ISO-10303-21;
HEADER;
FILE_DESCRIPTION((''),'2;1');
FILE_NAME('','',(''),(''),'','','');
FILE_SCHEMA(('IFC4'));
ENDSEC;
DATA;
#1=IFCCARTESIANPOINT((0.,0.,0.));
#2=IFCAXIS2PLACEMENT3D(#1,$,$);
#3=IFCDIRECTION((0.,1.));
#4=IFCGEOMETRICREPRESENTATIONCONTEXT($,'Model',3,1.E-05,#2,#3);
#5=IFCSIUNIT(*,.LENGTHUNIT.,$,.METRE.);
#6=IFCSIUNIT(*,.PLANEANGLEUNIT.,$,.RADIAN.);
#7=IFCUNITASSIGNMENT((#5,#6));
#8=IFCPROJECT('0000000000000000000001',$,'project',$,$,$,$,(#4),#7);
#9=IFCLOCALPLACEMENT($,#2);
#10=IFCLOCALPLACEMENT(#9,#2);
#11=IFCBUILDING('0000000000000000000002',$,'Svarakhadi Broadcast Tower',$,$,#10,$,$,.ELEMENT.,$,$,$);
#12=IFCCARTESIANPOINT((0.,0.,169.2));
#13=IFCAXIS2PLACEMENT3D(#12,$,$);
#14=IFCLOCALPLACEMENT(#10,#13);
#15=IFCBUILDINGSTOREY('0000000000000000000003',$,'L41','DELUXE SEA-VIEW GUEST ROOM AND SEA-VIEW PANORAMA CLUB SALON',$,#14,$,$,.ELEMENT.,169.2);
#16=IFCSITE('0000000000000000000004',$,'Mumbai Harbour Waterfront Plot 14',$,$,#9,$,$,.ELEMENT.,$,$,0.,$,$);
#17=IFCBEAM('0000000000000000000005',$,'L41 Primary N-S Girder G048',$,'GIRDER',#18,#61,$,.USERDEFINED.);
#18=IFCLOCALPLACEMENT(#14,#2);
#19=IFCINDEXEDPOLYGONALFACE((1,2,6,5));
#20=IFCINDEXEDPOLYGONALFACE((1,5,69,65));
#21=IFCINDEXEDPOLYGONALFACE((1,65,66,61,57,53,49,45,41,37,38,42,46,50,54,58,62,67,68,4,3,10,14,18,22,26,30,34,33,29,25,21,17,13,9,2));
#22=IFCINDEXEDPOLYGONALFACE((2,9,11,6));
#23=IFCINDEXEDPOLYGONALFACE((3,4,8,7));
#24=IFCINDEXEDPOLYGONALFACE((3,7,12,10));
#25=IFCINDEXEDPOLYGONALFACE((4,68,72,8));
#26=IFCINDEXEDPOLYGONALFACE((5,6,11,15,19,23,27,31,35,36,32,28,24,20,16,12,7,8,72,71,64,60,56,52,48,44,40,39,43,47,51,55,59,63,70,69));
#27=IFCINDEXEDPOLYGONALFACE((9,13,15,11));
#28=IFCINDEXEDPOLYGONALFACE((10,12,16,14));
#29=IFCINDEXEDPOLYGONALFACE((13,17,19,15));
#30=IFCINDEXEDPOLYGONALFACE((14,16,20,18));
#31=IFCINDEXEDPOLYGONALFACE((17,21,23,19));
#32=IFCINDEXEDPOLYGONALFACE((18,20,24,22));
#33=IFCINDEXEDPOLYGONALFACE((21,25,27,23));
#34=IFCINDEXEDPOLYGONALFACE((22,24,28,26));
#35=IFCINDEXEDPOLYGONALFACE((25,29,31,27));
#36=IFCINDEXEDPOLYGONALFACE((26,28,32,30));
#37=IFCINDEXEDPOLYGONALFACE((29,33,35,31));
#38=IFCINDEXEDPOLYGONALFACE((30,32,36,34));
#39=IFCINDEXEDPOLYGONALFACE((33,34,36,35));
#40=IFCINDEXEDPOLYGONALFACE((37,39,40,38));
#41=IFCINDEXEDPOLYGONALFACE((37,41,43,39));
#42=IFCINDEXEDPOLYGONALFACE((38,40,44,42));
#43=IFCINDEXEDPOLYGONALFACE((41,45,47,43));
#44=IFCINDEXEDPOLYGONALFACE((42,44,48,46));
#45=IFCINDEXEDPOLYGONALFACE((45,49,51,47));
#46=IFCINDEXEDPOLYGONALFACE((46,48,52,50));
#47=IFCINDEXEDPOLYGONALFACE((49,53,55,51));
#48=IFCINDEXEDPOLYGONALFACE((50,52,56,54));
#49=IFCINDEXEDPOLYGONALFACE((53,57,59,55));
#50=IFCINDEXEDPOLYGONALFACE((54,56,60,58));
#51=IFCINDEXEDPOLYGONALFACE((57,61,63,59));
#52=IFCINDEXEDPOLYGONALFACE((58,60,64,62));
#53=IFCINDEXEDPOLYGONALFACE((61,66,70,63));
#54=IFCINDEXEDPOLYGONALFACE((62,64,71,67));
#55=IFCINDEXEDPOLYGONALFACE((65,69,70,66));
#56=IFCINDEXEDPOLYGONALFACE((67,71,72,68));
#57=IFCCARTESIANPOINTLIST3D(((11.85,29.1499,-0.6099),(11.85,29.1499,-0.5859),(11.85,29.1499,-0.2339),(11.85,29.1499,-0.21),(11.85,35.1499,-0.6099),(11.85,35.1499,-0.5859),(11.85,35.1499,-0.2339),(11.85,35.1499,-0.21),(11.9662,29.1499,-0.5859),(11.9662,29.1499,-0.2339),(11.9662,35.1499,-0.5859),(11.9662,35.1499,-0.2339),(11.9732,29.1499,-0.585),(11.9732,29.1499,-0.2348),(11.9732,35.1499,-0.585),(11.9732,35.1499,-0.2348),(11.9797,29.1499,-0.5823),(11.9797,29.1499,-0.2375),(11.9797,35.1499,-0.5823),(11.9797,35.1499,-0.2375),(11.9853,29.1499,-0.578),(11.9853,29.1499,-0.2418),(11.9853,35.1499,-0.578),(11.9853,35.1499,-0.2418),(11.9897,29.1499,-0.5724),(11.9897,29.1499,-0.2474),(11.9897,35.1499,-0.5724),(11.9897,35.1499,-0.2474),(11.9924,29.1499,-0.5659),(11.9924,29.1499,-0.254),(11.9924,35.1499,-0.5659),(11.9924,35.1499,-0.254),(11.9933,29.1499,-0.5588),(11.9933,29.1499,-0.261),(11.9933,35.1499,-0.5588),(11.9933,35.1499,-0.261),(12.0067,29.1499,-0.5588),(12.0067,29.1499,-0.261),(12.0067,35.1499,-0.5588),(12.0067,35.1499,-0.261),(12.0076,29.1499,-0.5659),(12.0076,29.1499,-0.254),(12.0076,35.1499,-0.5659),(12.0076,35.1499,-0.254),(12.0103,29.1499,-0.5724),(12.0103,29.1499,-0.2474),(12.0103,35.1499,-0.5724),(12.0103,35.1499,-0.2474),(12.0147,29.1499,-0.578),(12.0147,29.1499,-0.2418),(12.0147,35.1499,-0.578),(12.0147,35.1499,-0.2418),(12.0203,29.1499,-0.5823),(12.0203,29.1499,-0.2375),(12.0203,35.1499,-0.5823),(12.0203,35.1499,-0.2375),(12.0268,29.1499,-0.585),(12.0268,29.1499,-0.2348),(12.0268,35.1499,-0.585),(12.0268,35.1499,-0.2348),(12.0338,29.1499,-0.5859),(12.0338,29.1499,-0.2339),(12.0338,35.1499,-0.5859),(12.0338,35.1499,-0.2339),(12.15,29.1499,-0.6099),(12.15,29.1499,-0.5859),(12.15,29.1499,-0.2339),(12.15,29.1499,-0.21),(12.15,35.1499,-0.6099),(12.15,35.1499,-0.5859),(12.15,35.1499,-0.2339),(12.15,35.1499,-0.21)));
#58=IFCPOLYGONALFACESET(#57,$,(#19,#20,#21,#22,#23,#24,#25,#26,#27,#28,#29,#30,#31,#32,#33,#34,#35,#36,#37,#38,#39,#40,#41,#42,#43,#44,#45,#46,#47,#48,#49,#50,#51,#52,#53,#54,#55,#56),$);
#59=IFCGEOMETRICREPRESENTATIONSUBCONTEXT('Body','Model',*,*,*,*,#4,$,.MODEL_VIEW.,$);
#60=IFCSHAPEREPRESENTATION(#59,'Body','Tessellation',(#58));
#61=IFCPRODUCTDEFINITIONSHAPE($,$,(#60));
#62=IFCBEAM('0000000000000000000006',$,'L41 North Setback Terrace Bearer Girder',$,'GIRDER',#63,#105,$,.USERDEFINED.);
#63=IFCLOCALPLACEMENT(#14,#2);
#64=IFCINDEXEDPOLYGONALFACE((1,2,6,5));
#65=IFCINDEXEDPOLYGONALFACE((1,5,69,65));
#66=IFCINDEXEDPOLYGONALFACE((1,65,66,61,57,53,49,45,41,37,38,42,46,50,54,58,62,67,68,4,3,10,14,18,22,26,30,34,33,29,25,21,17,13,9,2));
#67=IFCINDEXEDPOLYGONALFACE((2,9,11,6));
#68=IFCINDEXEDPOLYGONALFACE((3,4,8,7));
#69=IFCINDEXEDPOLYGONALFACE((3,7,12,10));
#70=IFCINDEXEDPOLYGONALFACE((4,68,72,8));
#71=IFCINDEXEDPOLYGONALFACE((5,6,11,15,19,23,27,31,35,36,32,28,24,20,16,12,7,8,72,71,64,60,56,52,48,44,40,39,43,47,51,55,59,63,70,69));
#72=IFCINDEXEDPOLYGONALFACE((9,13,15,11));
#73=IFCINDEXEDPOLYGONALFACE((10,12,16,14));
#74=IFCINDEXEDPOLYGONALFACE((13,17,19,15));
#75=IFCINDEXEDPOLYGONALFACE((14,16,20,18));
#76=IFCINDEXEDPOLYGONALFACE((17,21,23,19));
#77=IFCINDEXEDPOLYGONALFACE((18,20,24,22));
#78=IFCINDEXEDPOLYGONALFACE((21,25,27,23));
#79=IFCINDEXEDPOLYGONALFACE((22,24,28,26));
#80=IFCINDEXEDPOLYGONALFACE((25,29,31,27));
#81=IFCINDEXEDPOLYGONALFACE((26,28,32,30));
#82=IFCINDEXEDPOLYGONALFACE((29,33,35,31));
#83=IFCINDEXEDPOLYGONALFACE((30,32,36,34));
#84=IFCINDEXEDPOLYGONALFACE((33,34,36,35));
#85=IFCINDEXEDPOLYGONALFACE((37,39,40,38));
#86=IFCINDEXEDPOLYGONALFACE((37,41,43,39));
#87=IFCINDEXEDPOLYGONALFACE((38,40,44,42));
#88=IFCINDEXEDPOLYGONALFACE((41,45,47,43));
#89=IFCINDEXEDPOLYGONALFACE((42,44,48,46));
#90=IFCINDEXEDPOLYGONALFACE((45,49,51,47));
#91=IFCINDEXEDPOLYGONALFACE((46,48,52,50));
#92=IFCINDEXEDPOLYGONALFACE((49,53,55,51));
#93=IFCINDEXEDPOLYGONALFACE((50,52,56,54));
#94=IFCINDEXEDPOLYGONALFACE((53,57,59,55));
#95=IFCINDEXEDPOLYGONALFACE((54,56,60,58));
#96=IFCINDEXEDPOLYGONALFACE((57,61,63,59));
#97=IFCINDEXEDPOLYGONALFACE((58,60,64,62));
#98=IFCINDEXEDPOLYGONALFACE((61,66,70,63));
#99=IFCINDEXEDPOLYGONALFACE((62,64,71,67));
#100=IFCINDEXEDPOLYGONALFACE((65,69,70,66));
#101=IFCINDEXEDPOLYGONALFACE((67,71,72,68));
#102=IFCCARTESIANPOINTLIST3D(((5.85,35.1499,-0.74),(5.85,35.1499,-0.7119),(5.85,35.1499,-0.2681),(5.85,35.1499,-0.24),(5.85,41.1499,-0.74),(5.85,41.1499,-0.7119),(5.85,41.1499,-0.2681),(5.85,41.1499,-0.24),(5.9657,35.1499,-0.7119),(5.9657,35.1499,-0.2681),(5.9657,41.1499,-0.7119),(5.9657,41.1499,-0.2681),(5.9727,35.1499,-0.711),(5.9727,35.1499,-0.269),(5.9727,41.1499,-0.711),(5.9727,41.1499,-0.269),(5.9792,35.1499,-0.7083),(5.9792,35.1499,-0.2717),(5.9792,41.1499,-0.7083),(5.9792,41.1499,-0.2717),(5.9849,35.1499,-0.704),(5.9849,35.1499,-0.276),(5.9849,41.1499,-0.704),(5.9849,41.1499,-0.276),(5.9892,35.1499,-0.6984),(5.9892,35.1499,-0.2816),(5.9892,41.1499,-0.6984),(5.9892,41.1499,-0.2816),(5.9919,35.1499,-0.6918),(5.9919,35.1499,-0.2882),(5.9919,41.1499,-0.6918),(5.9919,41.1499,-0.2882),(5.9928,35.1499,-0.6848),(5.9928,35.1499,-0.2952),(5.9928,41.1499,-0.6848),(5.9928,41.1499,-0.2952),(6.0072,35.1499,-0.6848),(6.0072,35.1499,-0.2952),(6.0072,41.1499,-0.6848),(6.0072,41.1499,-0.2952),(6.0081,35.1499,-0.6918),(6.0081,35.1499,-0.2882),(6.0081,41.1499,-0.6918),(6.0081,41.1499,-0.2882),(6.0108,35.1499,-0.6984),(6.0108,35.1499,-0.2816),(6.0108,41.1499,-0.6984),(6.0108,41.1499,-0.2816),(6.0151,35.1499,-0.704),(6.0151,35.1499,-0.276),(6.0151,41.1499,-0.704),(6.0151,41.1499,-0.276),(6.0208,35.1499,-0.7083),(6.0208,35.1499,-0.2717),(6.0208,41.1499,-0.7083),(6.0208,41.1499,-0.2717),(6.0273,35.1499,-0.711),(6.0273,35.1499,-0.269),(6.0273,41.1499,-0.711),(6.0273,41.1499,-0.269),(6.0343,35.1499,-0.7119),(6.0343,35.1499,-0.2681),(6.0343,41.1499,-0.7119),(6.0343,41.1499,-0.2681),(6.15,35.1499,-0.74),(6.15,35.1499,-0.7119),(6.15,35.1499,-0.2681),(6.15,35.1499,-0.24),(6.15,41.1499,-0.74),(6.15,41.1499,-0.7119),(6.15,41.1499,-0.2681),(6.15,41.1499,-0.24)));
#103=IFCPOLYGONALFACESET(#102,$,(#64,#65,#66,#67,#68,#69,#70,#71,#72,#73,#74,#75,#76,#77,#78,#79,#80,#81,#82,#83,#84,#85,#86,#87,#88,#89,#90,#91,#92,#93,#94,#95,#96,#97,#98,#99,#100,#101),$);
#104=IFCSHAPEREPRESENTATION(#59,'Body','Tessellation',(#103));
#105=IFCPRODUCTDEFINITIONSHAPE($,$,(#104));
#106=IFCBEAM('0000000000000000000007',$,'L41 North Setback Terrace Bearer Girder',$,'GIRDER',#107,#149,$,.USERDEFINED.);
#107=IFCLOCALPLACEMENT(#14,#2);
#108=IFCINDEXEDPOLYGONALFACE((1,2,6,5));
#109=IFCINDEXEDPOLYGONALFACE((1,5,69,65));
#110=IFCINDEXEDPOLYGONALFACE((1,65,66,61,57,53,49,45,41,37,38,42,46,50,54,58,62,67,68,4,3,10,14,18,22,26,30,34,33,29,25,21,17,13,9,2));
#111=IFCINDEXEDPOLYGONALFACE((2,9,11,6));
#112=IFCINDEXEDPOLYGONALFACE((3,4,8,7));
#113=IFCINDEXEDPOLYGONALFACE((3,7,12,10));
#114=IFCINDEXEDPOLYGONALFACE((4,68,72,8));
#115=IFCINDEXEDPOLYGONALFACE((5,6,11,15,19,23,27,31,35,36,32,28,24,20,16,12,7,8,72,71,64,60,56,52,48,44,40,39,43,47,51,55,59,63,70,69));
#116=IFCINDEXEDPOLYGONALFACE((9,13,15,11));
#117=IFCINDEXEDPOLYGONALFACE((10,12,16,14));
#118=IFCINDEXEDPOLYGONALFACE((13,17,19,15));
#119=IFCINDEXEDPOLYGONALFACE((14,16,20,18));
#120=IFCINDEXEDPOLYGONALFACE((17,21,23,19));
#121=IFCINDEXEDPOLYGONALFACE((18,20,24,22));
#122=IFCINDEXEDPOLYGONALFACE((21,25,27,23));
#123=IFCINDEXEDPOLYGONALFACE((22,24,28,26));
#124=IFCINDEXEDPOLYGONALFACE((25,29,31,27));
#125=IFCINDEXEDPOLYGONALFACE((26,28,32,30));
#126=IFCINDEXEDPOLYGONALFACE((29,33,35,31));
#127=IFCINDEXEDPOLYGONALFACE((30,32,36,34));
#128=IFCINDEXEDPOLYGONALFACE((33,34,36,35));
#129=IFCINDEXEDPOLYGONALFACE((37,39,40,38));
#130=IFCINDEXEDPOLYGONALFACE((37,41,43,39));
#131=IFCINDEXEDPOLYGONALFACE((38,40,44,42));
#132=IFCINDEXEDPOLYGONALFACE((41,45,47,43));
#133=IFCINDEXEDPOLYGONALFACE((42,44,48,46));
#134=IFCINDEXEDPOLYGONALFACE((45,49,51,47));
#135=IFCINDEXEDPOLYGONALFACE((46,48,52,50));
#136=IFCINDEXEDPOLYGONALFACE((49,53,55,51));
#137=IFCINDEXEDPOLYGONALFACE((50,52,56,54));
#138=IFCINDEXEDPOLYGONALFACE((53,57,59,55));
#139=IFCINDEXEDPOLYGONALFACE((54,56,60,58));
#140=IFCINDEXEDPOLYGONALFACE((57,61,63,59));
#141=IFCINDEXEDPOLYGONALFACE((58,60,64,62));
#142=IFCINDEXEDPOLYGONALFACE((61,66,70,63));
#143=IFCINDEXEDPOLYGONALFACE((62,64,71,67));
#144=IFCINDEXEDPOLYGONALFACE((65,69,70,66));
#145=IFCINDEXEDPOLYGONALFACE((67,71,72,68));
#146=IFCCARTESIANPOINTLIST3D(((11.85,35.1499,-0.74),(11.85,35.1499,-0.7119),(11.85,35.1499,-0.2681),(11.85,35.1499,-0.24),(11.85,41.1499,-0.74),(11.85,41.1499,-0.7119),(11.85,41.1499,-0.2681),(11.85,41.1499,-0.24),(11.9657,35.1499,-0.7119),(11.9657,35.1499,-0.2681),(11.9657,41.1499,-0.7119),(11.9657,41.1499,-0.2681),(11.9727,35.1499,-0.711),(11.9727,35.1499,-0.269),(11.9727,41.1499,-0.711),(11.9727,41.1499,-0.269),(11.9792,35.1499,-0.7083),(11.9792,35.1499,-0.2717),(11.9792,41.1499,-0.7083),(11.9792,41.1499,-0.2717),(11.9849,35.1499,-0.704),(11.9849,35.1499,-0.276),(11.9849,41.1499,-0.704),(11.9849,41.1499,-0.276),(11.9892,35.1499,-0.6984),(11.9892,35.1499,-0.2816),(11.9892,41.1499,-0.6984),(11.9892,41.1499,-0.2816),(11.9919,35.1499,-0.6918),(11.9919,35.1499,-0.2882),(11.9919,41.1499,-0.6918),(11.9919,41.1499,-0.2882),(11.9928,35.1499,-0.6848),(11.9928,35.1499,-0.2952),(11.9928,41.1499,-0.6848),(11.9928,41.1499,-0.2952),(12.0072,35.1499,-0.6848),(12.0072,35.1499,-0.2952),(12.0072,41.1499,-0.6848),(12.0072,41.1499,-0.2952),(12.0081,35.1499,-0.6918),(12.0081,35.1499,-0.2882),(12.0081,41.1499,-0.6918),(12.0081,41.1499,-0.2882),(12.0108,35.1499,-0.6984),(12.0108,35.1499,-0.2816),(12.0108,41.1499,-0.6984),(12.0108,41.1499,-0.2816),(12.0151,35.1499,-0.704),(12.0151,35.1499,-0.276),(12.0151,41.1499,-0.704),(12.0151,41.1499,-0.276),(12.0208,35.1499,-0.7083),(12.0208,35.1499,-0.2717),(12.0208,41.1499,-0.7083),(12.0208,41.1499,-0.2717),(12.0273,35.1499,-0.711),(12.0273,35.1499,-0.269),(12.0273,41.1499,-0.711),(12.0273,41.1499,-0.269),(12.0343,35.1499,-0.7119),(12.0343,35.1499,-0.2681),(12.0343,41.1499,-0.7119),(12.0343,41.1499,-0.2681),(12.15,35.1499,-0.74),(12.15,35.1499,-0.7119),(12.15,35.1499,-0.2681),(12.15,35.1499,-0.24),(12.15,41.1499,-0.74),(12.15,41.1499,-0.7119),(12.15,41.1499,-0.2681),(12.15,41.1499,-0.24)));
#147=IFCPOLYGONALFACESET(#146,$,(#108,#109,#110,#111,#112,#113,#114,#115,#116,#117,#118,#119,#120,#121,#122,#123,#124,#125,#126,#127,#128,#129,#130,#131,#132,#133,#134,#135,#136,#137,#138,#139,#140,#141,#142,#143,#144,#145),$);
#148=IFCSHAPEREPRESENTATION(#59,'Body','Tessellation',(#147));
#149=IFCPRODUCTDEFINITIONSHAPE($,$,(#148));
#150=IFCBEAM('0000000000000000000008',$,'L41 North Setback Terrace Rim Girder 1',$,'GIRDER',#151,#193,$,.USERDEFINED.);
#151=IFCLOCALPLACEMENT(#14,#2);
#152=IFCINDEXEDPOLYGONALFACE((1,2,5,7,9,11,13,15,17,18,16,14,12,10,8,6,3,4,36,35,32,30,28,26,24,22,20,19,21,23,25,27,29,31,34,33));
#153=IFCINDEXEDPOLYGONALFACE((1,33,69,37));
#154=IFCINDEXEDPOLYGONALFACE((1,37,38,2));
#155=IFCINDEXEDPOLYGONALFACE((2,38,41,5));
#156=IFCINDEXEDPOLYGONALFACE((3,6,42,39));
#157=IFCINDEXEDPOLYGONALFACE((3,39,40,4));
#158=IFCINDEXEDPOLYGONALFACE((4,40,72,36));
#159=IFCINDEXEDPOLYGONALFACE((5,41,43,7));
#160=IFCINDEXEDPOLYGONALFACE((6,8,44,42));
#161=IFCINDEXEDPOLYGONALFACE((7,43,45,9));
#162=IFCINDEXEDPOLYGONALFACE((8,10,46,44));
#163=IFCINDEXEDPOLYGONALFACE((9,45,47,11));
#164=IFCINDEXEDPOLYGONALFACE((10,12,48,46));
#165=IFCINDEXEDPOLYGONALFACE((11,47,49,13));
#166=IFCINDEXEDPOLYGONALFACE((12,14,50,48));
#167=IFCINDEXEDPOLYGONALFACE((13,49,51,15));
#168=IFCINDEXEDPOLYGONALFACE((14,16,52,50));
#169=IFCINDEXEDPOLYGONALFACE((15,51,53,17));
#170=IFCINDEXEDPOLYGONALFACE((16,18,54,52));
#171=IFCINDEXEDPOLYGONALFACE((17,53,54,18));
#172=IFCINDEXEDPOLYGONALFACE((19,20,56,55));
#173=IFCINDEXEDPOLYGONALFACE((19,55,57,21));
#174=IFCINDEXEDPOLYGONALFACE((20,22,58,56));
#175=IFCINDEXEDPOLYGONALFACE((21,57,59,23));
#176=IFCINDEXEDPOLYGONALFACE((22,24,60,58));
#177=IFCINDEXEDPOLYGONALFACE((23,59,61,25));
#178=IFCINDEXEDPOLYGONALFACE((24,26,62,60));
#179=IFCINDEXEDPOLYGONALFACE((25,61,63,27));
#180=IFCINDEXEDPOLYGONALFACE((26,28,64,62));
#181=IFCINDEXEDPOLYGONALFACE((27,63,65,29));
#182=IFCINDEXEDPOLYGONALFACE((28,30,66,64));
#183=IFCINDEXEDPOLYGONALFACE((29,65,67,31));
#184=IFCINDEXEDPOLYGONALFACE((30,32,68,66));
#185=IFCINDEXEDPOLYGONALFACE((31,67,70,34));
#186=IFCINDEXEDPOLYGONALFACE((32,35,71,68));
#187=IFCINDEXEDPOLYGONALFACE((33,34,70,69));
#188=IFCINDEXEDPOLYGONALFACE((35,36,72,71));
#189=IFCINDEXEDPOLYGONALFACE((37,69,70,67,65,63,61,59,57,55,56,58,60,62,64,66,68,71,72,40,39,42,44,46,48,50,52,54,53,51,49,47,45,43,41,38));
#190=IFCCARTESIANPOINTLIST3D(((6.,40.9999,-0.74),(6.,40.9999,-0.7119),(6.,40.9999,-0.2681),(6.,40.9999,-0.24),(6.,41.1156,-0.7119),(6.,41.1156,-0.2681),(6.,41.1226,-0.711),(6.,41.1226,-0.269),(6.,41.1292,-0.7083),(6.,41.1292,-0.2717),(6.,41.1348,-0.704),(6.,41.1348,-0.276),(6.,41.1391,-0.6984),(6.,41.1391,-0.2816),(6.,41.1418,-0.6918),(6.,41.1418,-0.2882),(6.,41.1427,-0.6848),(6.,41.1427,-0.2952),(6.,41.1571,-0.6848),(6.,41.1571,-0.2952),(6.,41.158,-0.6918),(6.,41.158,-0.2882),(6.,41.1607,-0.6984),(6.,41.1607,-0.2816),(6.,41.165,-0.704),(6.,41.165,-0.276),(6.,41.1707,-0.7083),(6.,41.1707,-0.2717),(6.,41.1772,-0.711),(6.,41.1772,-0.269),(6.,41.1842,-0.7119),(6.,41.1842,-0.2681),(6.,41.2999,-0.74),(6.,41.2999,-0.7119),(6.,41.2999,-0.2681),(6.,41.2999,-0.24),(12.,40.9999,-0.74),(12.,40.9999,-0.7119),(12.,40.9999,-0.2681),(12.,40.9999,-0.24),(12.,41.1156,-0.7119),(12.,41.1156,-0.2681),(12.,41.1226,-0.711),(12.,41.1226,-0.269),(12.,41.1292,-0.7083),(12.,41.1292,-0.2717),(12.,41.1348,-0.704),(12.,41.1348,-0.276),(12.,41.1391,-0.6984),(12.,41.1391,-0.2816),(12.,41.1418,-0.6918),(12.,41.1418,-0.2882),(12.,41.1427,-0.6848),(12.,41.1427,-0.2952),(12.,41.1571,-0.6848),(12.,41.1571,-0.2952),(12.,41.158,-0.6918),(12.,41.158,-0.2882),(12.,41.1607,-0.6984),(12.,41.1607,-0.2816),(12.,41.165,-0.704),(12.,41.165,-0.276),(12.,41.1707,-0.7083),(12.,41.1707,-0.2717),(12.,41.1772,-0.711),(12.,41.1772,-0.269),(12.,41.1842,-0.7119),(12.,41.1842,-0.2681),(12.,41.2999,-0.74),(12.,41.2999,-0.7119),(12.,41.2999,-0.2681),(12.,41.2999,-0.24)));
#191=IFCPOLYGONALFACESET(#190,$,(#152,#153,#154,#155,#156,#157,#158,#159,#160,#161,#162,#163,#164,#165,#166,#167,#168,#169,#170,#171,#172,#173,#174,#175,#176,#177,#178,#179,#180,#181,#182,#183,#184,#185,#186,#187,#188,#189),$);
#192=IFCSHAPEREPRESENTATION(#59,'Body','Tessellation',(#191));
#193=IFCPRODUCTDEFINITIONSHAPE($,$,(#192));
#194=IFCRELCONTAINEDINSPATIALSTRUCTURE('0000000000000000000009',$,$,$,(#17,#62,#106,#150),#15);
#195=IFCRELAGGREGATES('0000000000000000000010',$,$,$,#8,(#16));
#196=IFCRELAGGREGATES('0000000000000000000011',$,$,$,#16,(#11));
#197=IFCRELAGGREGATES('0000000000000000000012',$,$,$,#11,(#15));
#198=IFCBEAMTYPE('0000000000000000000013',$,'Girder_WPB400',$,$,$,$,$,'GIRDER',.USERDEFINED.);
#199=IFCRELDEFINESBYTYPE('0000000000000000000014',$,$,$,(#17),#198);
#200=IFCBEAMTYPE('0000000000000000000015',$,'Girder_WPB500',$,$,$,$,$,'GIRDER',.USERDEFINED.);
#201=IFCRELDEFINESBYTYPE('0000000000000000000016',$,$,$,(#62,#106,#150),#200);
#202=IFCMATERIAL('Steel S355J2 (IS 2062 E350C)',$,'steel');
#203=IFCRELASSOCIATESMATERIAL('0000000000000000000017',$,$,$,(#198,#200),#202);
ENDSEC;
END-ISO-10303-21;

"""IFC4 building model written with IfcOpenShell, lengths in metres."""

from ifc_helpers import new_model, si_unit, direction, frame, origin, origin_2d, place, context, subcontext, project, spatial, i_section, extrude, material, material_profile, profile_set, type_object, element, save


model = new_model("IFC4")

# Units and contexts
model_context = context("Model", 3, precision=1e-05, world=origin(), true_north=direction((0.0, 1.0)))
body_context = subcontext(model_context, "Body", "Model", "MODEL_VIEW")
ifc_project = project(units=[si_unit("LENGTHUNIT", "METRE"), si_unit("PLANEANGLEUNIT", "RADIAN")], contexts=[model_context])

# Site, building, storey
site_placement = place(None, origin())
site = spatial("IfcSite", under=ifc_project, at=site_placement, Name="Mumbai Harbour Waterfront Plot 14", CompositionType="ELEMENT", RefElevation=0.0)
building_placement = place(site_placement, origin())
building = spatial("IfcBuilding", under=site, at=building_placement, Name="Svarakhadi Broadcast Tower", CompositionType="ELEMENT")
storey_placement = place(building_placement, frame((0.0, 0.0, 169.2)))
storey = spatial("IfcBuildingStorey", under=building, at=storey_placement, Name="L41", Description="DELUXE SEA-VIEW GUEST ROOM AND SEA-VIEW PANORAMA CLUB SALON", CompositionType="ELEMENT", Elevation=169.2)

# Beams
ifc_material_1 = material(Name="Steel S355J2 (IS 2062 E350C)", Category="steel")
ifc_material_profile_1 = material_profile(ifc_material_1, i_section(OverallWidth=0.3, OverallDepth=0.3999, WebThickness=0.0134, FlangeThickness=0.0239, FilletRadius=0.0271, at=origin_2d()), Name="WPB 400x300x155")
ifc_profile_set_1 = profile_set([ifc_material_profile_1], Name="Steel S355J2 (IS 2062 E350C)")
beam_type_1 = type_object("IfcBeamType", Name="Girder_WPB400", ElementType="GIRDER", PredefinedType="USERDEFINED", material=ifc_profile_set_1)
for number, where, z_axis, x_axis, name in (
    (1, (12.0, 29.1499, -0.4099), (0.0, 1.0, 0.0), (-1.0, 0.0, 0.0), "L41 Primary N-S Girder G048"),
):
    element("IfcBeam", number, at=place(storey_placement, frame(where, z_axis=z_axis, x_axis=x_axis)), inside=storey, type_object=beam_type_1, Name=name, ObjectType="GIRDER", PredefinedType="USERDEFINED", context=body_context, shape_type="SweptSolid", body=[
        extrude(i_section(OverallWidth=0.3, OverallDepth=0.3999, WebThickness=0.0134, FlangeThickness=0.0239, FilletRadius=0.0271, at=origin_2d()), origin(), (0.0, 0.0, 1.0), 6.0),
    ])
ifc_material_profile_2 = material_profile(ifc_material_1, i_section(OverallWidth=0.3, OverallDepth=0.5, WebThickness=0.0144, FlangeThickness=0.0281, FilletRadius=0.0271, at=origin_2d()), Name="WPB 500x300x187")
ifc_profile_set_2 = profile_set([ifc_material_profile_2], Name="Steel S355J2 (IS 2062 E350C)")
beam_type_2 = type_object("IfcBeamType", Name="Girder_WPB500", ElementType="GIRDER", PredefinedType="USERDEFINED", material=ifc_profile_set_2)
for number, where, z_axis, x_axis, name in (
    (2, (6.0, 35.1499, -0.49), (0.0, 1.0, 0.0), (-1.0, 0.0, 0.0), "L41 North Setback Terrace Bearer Girder"),
    (3, (12.0, 35.1499, -0.49), (0.0, 1.0, 0.0), (-1.0, 0.0, 0.0), "L41 North Setback Terrace Bearer Girder"),
    (4, (6.0, 41.1499, -0.49), (1.0, 0.0, 0.0), (0.0, 1.0, 0.0), "L41 North Setback Terrace Rim Girder 1"),
):
    element("IfcBeam", number, at=place(storey_placement, frame(where, z_axis=z_axis, x_axis=x_axis)), inside=storey, type_object=beam_type_2, Name=name, ObjectType="GIRDER", PredefinedType="USERDEFINED", context=body_context, shape_type="SweptSolid", body=[
        extrude(i_section(OverallWidth=0.3, OverallDepth=0.5, WebThickness=0.0144, FlangeThickness=0.0281, FilletRadius=0.0271, at=origin_2d()), origin(), (0.0, 0.0, 1.0), 6.0),
    ])

save(model, "model.ifc")
